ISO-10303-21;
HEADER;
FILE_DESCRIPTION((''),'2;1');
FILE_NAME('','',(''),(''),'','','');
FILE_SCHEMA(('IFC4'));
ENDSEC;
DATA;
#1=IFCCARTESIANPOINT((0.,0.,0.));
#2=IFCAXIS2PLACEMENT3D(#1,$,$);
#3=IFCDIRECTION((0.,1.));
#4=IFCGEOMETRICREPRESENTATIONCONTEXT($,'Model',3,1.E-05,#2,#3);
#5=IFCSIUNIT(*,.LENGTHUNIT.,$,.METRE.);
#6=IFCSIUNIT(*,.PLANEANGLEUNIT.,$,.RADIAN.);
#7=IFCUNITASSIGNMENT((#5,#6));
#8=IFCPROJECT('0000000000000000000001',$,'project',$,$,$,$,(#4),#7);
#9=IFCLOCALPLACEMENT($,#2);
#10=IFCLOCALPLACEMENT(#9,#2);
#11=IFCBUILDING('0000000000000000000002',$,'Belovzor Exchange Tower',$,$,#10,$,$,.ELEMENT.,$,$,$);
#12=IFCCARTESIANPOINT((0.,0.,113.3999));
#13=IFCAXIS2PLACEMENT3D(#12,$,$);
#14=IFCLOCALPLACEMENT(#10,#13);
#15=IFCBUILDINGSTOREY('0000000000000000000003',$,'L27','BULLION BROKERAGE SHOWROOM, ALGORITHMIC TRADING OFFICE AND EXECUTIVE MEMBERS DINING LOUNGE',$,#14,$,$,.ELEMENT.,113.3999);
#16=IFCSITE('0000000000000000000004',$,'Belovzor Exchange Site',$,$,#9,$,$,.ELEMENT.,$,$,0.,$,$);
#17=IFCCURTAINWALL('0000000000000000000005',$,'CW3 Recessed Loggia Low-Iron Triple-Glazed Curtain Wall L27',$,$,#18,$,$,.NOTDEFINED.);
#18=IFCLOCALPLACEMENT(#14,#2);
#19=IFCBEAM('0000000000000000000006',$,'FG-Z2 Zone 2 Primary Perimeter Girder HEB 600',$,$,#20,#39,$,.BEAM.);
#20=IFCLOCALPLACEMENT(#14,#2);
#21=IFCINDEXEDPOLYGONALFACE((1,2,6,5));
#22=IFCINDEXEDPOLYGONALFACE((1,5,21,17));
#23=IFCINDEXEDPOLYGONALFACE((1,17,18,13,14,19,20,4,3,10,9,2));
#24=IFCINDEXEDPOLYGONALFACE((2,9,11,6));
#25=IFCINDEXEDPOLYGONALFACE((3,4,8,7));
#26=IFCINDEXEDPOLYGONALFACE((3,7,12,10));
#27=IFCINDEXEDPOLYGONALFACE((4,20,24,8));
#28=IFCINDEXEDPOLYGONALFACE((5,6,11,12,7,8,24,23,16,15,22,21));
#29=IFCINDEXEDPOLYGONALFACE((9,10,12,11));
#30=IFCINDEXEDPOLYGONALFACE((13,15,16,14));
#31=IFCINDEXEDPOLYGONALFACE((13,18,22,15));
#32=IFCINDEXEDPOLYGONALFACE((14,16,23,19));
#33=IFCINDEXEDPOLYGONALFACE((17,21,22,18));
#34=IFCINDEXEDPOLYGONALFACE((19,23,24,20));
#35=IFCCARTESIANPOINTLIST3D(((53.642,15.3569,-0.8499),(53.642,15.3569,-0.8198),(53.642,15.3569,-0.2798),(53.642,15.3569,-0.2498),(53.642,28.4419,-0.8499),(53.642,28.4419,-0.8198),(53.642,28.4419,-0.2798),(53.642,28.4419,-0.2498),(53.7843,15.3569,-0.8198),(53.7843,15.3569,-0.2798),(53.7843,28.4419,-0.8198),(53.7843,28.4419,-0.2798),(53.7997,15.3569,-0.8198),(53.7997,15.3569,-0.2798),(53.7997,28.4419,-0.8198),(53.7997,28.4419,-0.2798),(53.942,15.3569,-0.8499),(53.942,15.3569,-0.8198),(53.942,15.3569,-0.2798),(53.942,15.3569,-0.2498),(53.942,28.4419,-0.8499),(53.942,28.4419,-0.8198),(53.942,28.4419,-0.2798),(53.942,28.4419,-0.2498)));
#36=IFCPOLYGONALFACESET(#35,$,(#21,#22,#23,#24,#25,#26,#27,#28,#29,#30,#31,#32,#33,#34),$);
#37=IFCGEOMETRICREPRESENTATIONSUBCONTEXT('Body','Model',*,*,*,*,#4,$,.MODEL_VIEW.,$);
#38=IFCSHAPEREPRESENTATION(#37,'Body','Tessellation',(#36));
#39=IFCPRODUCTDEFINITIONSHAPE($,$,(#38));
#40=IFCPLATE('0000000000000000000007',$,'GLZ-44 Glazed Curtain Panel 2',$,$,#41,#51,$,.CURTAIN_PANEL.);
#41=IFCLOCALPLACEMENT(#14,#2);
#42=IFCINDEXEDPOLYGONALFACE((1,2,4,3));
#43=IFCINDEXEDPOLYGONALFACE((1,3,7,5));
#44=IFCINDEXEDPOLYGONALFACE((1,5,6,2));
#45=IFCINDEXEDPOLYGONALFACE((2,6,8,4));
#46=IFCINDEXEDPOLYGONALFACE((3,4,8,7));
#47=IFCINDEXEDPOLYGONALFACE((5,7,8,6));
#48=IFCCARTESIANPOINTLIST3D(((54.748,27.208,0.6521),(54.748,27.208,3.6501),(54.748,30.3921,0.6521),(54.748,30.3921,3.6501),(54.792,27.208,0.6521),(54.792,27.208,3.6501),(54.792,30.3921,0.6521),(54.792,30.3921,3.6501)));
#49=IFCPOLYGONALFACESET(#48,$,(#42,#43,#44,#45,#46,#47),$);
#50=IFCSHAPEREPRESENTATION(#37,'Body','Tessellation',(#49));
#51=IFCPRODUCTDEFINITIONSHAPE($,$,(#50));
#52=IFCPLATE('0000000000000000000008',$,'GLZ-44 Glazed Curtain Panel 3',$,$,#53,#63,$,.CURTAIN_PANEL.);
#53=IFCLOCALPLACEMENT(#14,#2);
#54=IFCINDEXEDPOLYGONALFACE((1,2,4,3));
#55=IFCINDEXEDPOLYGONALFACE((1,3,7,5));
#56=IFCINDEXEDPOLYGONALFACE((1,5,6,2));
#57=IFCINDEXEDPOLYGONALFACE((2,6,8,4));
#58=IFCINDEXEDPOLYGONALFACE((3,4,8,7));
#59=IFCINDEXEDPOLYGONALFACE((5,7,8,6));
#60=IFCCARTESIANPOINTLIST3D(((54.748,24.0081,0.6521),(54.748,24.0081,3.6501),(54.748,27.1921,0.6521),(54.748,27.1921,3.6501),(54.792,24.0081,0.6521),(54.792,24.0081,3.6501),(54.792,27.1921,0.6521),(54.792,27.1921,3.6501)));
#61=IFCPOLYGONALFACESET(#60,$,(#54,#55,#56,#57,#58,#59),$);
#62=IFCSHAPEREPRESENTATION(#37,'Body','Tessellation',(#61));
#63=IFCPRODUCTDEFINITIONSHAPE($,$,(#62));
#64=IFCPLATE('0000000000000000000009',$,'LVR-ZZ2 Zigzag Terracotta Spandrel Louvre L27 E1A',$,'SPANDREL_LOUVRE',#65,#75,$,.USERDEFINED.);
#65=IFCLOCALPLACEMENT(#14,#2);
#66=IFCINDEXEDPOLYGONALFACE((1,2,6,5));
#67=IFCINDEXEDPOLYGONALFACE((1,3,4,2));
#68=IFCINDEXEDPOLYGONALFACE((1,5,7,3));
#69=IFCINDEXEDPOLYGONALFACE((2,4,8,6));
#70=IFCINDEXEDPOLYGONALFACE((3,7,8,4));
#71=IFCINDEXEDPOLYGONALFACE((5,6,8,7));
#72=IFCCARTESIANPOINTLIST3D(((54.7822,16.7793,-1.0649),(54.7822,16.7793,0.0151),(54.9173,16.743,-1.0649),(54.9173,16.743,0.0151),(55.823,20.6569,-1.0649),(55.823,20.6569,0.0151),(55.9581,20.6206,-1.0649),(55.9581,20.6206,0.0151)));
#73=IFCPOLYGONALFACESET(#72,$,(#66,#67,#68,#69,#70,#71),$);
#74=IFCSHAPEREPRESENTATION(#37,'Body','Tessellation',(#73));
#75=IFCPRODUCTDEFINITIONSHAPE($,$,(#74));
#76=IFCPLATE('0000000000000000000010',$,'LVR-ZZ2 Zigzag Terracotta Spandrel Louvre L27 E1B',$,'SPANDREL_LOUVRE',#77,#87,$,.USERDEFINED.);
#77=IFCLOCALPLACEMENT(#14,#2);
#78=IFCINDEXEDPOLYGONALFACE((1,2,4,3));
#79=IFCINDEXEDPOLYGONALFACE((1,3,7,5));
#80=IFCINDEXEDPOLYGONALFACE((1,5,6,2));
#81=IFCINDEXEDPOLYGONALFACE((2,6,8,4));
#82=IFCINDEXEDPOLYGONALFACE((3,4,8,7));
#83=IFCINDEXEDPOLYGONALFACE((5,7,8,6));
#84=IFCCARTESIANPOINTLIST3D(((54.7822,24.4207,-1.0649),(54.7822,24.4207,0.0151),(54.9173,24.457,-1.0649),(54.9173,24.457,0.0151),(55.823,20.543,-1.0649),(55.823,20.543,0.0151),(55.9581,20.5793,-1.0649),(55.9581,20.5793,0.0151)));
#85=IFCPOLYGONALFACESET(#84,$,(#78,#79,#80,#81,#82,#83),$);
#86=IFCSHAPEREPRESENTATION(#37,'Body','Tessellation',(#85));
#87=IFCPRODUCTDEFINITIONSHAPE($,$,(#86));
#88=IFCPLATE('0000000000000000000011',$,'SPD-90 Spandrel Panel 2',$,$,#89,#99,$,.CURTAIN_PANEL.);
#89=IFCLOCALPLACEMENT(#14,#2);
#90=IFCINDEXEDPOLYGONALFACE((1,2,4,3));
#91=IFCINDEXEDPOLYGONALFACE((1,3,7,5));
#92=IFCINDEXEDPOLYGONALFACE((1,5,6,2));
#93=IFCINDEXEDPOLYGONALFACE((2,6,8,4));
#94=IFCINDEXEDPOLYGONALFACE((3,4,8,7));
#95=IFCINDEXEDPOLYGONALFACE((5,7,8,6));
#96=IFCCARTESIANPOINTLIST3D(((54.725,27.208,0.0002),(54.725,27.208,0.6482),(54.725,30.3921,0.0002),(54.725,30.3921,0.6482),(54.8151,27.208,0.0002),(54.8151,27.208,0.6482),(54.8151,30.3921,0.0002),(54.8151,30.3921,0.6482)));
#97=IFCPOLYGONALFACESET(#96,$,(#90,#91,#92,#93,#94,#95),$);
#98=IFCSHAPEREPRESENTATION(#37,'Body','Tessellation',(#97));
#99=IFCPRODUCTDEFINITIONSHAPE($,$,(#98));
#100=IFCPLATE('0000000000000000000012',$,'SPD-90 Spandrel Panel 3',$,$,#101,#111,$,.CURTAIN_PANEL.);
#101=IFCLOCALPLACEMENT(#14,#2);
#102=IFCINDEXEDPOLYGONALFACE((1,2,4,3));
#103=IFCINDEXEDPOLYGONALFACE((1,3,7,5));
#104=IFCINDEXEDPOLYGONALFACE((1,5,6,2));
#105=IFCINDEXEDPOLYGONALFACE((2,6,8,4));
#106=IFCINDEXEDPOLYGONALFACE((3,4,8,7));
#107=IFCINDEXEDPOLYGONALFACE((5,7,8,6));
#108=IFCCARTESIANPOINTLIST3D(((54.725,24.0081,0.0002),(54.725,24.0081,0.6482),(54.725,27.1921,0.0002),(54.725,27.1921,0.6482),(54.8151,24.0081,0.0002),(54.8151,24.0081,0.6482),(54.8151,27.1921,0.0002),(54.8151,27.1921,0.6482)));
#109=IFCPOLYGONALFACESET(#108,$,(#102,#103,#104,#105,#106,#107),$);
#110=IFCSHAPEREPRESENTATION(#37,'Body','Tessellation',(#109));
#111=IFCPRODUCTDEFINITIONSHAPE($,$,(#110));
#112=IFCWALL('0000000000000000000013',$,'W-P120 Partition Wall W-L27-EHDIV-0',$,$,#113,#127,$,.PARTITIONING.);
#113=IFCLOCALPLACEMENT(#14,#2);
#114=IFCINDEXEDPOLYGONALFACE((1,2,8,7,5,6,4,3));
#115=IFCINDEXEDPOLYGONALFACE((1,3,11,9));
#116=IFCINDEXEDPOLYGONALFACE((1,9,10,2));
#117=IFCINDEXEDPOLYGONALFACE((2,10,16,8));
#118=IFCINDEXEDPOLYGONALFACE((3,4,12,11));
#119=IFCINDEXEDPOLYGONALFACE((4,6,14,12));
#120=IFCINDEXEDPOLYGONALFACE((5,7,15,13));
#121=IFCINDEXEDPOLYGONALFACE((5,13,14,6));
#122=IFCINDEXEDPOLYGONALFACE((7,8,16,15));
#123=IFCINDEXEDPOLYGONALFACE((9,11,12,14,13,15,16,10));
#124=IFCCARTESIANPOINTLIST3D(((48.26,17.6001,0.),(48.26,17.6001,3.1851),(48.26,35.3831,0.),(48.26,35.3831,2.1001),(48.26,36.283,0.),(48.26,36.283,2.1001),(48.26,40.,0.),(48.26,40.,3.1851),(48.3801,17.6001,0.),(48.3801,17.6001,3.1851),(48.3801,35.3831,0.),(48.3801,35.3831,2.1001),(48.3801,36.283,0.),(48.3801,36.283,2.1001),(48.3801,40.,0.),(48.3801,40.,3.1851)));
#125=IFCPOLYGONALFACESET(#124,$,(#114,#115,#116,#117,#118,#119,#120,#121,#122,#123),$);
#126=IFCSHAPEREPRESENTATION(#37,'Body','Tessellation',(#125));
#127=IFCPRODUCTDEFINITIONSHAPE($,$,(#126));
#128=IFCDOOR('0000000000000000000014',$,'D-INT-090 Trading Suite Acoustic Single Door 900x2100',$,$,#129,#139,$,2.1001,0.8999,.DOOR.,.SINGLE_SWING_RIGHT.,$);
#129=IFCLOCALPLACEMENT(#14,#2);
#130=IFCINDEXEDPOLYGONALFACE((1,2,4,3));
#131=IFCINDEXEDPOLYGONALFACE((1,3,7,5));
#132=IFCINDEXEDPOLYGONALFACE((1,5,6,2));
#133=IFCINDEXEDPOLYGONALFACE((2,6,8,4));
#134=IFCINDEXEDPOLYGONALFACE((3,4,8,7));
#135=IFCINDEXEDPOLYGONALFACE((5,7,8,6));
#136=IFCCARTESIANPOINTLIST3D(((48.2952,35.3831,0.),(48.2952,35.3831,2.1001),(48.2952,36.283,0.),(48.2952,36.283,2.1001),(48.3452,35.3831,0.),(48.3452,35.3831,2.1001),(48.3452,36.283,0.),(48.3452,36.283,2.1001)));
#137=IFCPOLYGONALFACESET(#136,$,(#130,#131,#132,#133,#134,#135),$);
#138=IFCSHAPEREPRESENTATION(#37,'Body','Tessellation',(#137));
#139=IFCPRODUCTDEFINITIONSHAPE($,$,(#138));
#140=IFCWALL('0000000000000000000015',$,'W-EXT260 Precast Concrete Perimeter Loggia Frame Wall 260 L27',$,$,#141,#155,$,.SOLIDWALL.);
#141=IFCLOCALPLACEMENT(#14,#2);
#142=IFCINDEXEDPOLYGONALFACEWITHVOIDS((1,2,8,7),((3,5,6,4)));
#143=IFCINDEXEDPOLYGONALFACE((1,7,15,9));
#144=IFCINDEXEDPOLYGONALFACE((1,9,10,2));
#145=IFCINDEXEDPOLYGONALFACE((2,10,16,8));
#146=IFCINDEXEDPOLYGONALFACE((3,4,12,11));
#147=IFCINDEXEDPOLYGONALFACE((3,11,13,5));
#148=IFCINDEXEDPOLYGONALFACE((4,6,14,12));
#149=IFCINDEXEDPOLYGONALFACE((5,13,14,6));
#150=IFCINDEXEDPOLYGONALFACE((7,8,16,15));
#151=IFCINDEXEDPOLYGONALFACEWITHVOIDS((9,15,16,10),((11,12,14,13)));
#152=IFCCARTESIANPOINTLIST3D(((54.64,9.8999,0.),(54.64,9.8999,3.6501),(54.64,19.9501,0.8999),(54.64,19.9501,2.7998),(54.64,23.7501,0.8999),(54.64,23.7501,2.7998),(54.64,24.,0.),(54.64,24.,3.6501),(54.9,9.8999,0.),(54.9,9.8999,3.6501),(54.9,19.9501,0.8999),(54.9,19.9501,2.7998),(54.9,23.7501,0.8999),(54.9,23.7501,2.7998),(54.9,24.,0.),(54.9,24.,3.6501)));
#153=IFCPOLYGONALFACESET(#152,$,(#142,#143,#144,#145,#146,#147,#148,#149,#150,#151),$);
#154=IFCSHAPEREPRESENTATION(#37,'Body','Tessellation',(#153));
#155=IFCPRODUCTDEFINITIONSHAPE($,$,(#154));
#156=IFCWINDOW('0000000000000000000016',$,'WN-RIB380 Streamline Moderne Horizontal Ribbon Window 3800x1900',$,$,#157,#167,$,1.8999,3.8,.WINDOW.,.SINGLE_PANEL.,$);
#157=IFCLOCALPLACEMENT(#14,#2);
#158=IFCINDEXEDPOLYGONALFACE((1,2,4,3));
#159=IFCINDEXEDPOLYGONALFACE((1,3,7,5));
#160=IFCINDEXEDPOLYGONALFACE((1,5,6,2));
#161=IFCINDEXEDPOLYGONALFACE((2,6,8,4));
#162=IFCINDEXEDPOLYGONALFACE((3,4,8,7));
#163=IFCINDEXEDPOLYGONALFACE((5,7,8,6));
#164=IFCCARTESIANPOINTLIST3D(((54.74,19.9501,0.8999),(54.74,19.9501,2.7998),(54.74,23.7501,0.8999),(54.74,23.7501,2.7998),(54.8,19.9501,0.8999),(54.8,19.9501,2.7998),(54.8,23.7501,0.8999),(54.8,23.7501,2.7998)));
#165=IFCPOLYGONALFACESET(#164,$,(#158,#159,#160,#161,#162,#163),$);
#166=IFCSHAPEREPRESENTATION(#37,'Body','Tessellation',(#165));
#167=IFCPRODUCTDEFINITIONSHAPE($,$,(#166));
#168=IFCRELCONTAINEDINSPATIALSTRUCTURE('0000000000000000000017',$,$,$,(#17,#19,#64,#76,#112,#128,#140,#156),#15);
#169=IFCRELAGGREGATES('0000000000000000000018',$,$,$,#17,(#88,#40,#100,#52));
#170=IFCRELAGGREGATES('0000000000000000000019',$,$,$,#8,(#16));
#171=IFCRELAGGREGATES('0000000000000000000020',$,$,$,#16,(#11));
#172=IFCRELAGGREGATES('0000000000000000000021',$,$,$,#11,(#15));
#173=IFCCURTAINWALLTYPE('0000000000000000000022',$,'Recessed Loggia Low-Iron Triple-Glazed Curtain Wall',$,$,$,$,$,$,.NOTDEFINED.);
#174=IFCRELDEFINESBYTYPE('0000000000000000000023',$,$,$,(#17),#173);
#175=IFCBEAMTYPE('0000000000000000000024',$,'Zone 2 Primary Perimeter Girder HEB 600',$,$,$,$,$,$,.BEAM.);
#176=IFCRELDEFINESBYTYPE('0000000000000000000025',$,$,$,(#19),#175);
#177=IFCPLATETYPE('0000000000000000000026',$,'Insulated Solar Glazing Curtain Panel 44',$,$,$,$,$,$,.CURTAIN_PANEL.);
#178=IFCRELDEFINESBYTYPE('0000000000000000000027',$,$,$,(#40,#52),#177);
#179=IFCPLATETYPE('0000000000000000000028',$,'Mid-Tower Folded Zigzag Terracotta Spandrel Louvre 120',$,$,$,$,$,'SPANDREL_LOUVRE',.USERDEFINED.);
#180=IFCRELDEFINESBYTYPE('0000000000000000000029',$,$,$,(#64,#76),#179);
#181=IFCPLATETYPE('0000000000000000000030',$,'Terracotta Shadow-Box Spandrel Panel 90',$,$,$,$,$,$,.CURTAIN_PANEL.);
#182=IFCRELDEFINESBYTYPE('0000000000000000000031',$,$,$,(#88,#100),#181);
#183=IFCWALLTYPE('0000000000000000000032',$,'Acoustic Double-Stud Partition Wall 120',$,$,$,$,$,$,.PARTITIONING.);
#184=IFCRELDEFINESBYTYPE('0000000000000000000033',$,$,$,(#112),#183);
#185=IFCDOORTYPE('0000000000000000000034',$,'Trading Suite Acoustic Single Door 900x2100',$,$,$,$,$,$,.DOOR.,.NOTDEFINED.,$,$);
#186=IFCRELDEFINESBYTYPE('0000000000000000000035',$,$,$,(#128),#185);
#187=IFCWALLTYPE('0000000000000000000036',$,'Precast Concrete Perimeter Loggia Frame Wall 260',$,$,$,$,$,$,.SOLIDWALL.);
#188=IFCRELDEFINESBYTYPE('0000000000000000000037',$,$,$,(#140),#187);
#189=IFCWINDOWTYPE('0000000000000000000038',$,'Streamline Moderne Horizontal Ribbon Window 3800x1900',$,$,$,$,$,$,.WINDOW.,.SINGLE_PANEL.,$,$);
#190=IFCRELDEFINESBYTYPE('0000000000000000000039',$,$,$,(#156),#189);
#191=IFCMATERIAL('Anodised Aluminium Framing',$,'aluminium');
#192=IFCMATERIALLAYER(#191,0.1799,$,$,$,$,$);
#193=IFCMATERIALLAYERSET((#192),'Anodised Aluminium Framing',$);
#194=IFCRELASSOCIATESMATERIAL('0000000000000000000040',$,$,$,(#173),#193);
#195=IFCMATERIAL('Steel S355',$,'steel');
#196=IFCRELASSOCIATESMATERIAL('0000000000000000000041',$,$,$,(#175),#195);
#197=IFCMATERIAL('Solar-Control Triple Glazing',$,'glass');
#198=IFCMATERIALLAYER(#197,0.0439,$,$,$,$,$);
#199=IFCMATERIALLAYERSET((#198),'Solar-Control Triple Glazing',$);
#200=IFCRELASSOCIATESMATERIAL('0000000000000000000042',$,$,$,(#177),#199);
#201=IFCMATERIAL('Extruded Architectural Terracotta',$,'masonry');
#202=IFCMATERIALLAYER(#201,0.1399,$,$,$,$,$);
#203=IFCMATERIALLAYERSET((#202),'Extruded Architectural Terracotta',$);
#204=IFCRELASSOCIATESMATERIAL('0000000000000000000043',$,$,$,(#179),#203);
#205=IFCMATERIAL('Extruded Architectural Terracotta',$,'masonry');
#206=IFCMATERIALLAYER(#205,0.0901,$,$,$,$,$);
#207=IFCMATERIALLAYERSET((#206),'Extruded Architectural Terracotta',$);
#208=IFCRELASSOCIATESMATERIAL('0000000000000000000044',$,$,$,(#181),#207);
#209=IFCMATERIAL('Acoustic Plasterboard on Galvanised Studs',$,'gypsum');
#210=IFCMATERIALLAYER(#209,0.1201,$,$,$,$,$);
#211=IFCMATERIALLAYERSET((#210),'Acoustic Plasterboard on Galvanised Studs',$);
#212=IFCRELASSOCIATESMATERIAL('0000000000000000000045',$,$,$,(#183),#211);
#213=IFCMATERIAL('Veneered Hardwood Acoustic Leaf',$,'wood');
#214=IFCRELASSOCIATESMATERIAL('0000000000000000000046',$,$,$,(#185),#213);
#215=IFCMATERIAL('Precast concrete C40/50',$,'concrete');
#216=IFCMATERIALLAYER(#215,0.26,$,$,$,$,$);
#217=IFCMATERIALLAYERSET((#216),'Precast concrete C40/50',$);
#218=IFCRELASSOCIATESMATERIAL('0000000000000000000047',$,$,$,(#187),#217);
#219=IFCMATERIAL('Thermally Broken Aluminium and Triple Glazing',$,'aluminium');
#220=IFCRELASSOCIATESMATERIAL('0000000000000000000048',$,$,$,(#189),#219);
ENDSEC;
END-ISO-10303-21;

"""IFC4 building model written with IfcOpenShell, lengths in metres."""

from ifc_helpers import new_model, si_unit, direction, frame, frame_2d, origin, origin_2d, place, context, subcontext, project, spatial, rectangle, i_section, extrude, material, layer, layer_set, material_profile, profile_set, type_object, element, fill, aggregate, save


model = new_model("IFC4")

# Units and contexts
model_context = context("Model", 3, precision=1e-05, world=origin(), true_north=direction((0.0, 1.0)))
body_context = subcontext(model_context, "Body", "Model", "MODEL_VIEW")
ifc_project = project(units=[si_unit("LENGTHUNIT", "METRE"), si_unit("PLANEANGLEUNIT", "RADIAN")], contexts=[model_context])

# Site, building, storey
site_placement = place(None, origin())
site = spatial("IfcSite", under=ifc_project, at=site_placement, Name="Belovzor Exchange Site", CompositionType="ELEMENT", RefElevation=0.0)
building_placement = place(site_placement, origin())
building = spatial("IfcBuilding", under=site, at=building_placement, Name="Belovzor Exchange Tower", CompositionType="ELEMENT")
storey_placement = place(building_placement, frame((0.0, 0.0, 113.3999)))
storey = spatial("IfcBuildingStorey", under=building, at=storey_placement, Name="L27", Description="BULLION BROKERAGE SHOWROOM, ALGORITHMIC TRADING OFFICE AND EXECUTIVE MEMBERS DINING LOUNGE", CompositionType="ELEMENT", Elevation=113.3999)

# Curtain wall
ifc_material_1 = material(Name="Anodised Aluminium Framing", Category="aluminium")
ifc_layer_1 = layer(ifc_material_1, 0.1799)
ifc_layer_set_1 = layer_set([ifc_layer_1], Name="Anodised Aluminium Framing")
curtain_wall_type = type_object("IfcCurtainWallType", Name="Recessed Loggia Low-Iron Triple-Glazed Curtain Wall", PredefinedType="NOTDEFINED", material=ifc_layer_set_1)
curtain_wall_placement = place(storey_placement, origin())
curtain_wall = element("IfcCurtainWall", 1, at=curtain_wall_placement, inside=storey, type_object=curtain_wall_type, Name="CW3 Recessed Loggia Low-Iron Triple-Glazed Curtain Wall L27", PredefinedType="NOTDEFINED")

# Beam
ifc_material_2 = material(Name="Steel S355", Category="steel")
ifc_material_profile_1 = material_profile(ifc_material_2, i_section(OverallWidth=0.3, OverallDepth=0.6001, WebThickness=0.0154, FlangeThickness=0.03, at=origin_2d()))
ifc_profile_set_1 = profile_set([ifc_material_profile_1], Name="Steel S355")
beam_type_1 = type_object("IfcBeamType", Name="Zone 2 Primary Perimeter Girder HEB 600", PredefinedType="BEAM", material=ifc_profile_set_1)
beam_placement = place(storey_placement, frame((53.792, 15.3569, -0.5498), z_axis=(0.0, 1.0, 0.0), x_axis=(-1.0, 0.0, 0.0)))
element("IfcBeam", 2, at=beam_placement, inside=storey, type_object=beam_type_1, Name="FG-Z2 Zone 2 Primary Perimeter Girder HEB 600", PredefinedType="BEAM", context=body_context, shape_type="SweptSolid", body=[
    extrude(i_section(OverallWidth=0.3, OverallDepth=0.6001, WebThickness=0.0154, FlangeThickness=0.03, at=origin_2d()), origin(), (0.0, 0.0, 1.0), 13.085),
])

# Plates
ifc_material_3 = material(Name="Solar-Control Triple Glazing", Category="glass")
ifc_layer_2 = layer(ifc_material_3, 0.0439)
ifc_layer_set_2 = layer_set([ifc_layer_2], Name="Solar-Control Triple Glazing")
plate_type_1 = type_object("IfcPlateType", Name="Insulated Solar Glazing Curtain Panel 44", PredefinedType="CURTAIN_PANEL", material=ifc_layer_set_2)
plate_1_placement = place(storey_placement, frame((54.77, 28.8, 0.6521), z_axis=(0.0, 0.0, 1.0), x_axis=(0.0, -1.0, 0.0)))
plate_1 = element("IfcPlate", 3, at=plate_1_placement, type_object=plate_type_1, Name="GLZ-44 Glazed Curtain Panel 2", PredefinedType="CURTAIN_PANEL", context=body_context, shape_type="SweptSolid", body=[
    extrude(rectangle(XDim=3.1841, YDim=0.0439, at=origin_2d()), origin(), (0.0, 0.0, 1.0), 2.998),
])
plate_2_placement = place(storey_placement, frame((54.77, 25.6001, 0.6521), z_axis=(0.0, 0.0, 1.0), x_axis=(0.0, -1.0, 0.0)))
plate_2 = element("IfcPlate", 4, at=plate_2_placement, type_object=plate_type_1, Name="GLZ-44 Glazed Curtain Panel 3", PredefinedType="CURTAIN_PANEL", context=body_context, shape_type="SweptSolid", body=[
    extrude(rectangle(XDim=3.1841, YDim=0.0439, at=origin_2d()), origin(), (0.0, 0.0, 1.0), 2.998),
])

# Plates
ifc_material_4 = material(Name="Extruded Architectural Terracotta", Category="masonry")
ifc_layer_3 = layer(ifc_material_4, 0.1399)
ifc_layer_set_3 = layer_set([ifc_layer_3], Name="Extruded Architectural Terracotta")
plate_type_2 = type_object("IfcPlateType", Name="Mid-Tower Folded Zigzag Terracotta Spandrel Louvre 120", ElementType="SPANDREL_LOUVRE", PredefinedType="USERDEFINED", material=ifc_layer_set_3)
for number, where, z_axis, x_axis, name in (
    (5, (55.3701, 18.7, -1.0649), (0.0, 0.0, 1.0), (0.25924, 0.965813, 0.0), "LVR-ZZ2 Zigzag Terracotta Spandrel Louvre L27 E1A"),
    (6, (55.3701, 22.5, -1.0649), (0.0, 0.0, 1.0), (-0.25924, 0.965813, 0.0), "LVR-ZZ2 Zigzag Terracotta Spandrel Louvre L27 E1B"),
):
    element("IfcPlate", number, at=place(storey_placement, frame(where, z_axis=z_axis, x_axis=x_axis)), inside=storey, type_object=plate_type_2, Name=name, ObjectType="SPANDREL_LOUVRE", PredefinedType="USERDEFINED", context=body_context, shape_type="SweptSolid", body=[
        extrude(rectangle(XDim=4.0149, YDim=0.1399, at=origin_2d()), origin(), (0.0, 0.0, 1.0), 1.0801),
    ])

# Plates
ifc_material_5 = material(Name="Extruded Architectural Terracotta", Category="masonry")
ifc_layer_4 = layer(ifc_material_5, 0.0901)
ifc_layer_set_4 = layer_set([ifc_layer_4], Name="Extruded Architectural Terracotta")
plate_type_3 = type_object("IfcPlateType", Name="Terracotta Shadow-Box Spandrel Panel 90", PredefinedType="CURTAIN_PANEL", material=ifc_layer_set_4)
plate_3_placement = place(storey_placement, frame((54.77, 28.8, 0.0002), z_axis=(0.0, 0.0, 1.0), x_axis=(0.0, -1.0, 0.0)))
plate_3 = element("IfcPlate", 7, at=plate_3_placement, type_object=plate_type_3, Name="SPD-90 Spandrel Panel 2", PredefinedType="CURTAIN_PANEL", context=body_context, shape_type="SweptSolid", body=[
    extrude(rectangle(XDim=3.1841, YDim=0.0901, at=origin_2d()), origin(), (0.0, 0.0, 1.0), 0.6479),
])
plate_4_placement = place(storey_placement, frame((54.77, 25.6001, 0.0002), z_axis=(0.0, 0.0, 1.0), x_axis=(0.0, -1.0, 0.0)))
plate_4 = element("IfcPlate", 8, at=plate_4_placement, type_object=plate_type_3, Name="SPD-90 Spandrel Panel 3", PredefinedType="CURTAIN_PANEL", context=body_context, shape_type="SweptSolid", body=[
    extrude(rectangle(XDim=3.1841, YDim=0.0901, at=origin_2d()), origin(), (0.0, 0.0, 1.0), 0.6479),
])
aggregate(curtain_wall, [plate_3, plate_1, plate_4, plate_2])

# Wall, opening, door
ifc_material_6 = material(Name="Acoustic Plasterboard on Galvanised Studs", Category="gypsum")
ifc_layer_5 = layer(ifc_material_6, 0.1201)
ifc_layer_set_5 = layer_set([ifc_layer_5], Name="Acoustic Plasterboard on Galvanised Studs")
wall_type_1 = type_object("IfcWallType", Name="Acoustic Double-Stud Partition Wall 120", PredefinedType="PARTITIONING", material=ifc_layer_set_5)
wall_1_placement = place(storey_placement, frame((48.3201, 17.6001, 0.0), z_axis=(0.0, 0.0, 1.0), x_axis=(0.0, 1.0, 0.0)))
wall_1 = element("IfcWall", 9, at=wall_1_placement, inside=storey, type_object=wall_type_1, Name="W-P120 Partition Wall W-L27-EHDIV-0", PredefinedType="PARTITIONING", context=body_context, shape_type="SweptSolid", body=[
    extrude(rectangle(XDim=22.3999, YDim=0.1201, at=frame_2d((11.2, 0.0))), origin(), (0.0, 0.0, 1.0), 3.1851),
])
opening_1_placement = place(wall_1_placement, frame((17.783, 0.0, 0.0)))
opening_1 = element("IfcOpeningElement", 10, at=opening_1_placement, cuts=wall_1, PredefinedType="OPENING", context=body_context, shape_type="SweptSolid", body=[
    extrude(rectangle(XDim=0.8999, YDim=2.1001, at=frame_2d((0.45, 1.05))), frame((0.0, 0.0701, 0.0), z_axis=(0.0, -1.0, 0.0), x_axis=(1.0, 0.0, 0.0)), (0.0, 0.0, 1.0), 0.1401),
])
ifc_material_7 = material(Name="Veneered Hardwood Acoustic Leaf", Category="wood")
door_type = type_object("IfcDoorType", Name="Trading Suite Acoustic Single Door 900x2100", OperationType="NOTDEFINED", PredefinedType="DOOR", material=ifc_material_7)
door_placement = place(opening_1_placement, origin())
door = element("IfcDoor", 11, at=door_placement, inside=storey, type_object=door_type, Name="D-INT-090 Trading Suite Acoustic Single Door 900x2100", OperationType="SINGLE_SWING_RIGHT", OverallHeight=2.1001, OverallWidth=0.8999, PredefinedType="DOOR", context=body_context, shape_type="SweptSolid", body=[
    extrude(rectangle(XDim=0.8999, YDim=2.1001, at=frame_2d((0.45, 1.05))), frame((0.0, 0.0249, 0.0), z_axis=(0.0, -1.0, 0.0), x_axis=(1.0, 0.0, 0.0)), (0.0, 0.0, 1.0), 0.05),
])
fill(opening_1, door)

# Wall, opening, window
ifc_material_8 = material(Name="Precast concrete C40/50", Category="concrete")
ifc_layer_6 = layer(ifc_material_8, 0.26)
ifc_layer_set_6 = layer_set([ifc_layer_6], Name="Precast concrete C40/50")
wall_type_2 = type_object("IfcWallType", Name="Precast Concrete Perimeter Loggia Frame Wall 260", PredefinedType="SOLIDWALL", material=ifc_layer_set_6)
wall_2_placement = place(storey_placement, frame((54.77, 24.0, 0.0), z_axis=(0.0, 0.0, 1.0), x_axis=(0.0, -1.0, 0.0)))
wall_2 = element("IfcWall", 12, at=wall_2_placement, inside=storey, type_object=wall_type_2, Name="W-EXT260 Precast Concrete Perimeter Loggia Frame Wall 260 L27", PredefinedType="SOLIDWALL", context=body_context, shape_type="SweptSolid", body=[
    extrude(rectangle(XDim=14.1001, YDim=0.26, at=frame_2d((7.05, 0.0))), origin(), (0.0, 0.0, 1.0), 3.6501),
])
opening_2_placement = place(wall_2_placement, frame((0.25, 0.0, 0.8999)))
opening_2 = element("IfcOpeningElement", 13, at=opening_2_placement, cuts=wall_2, PredefinedType="OPENING", context=body_context, shape_type="SweptSolid", body=[
    extrude(rectangle(XDim=3.8, YDim=1.8999, at=frame_2d((1.8999, 0.95))), frame((0.0, 0.1399, 0.0), z_axis=(0.0, -1.0, 0.0), x_axis=(1.0, 0.0, 0.0)), (0.0, 0.0, 1.0), 0.28),
])
ifc_material_9 = material(Name="Thermally Broken Aluminium and Triple Glazing", Category="aluminium")
window_type = type_object("IfcWindowType", Name="Streamline Moderne Horizontal Ribbon Window 3800x1900", PartitioningType="SINGLE_PANEL", PredefinedType="WINDOW", material=ifc_material_9)
window_placement = place(opening_2_placement, origin())
window = element("IfcWindow", 14, at=window_placement, inside=storey, type_object=window_type, Name="WN-RIB380 Streamline Moderne Horizontal Ribbon Window 3800x1900", OverallHeight=1.8999, OverallWidth=3.8, PartitioningType="SINGLE_PANEL", PredefinedType="WINDOW", context=body_context, shape_type="SweptSolid", body=[
    extrude(rectangle(XDim=3.8, YDim=1.8999, at=frame_2d((1.8999, 0.95))), frame((0.0, 0.03, 0.0), z_axis=(0.0, -1.0, 0.0), x_axis=(1.0, 0.0, 0.0)), (0.0, 0.0, 1.0), 0.0601),
])
fill(opening_2, window)

save(model, "model.ifc")
